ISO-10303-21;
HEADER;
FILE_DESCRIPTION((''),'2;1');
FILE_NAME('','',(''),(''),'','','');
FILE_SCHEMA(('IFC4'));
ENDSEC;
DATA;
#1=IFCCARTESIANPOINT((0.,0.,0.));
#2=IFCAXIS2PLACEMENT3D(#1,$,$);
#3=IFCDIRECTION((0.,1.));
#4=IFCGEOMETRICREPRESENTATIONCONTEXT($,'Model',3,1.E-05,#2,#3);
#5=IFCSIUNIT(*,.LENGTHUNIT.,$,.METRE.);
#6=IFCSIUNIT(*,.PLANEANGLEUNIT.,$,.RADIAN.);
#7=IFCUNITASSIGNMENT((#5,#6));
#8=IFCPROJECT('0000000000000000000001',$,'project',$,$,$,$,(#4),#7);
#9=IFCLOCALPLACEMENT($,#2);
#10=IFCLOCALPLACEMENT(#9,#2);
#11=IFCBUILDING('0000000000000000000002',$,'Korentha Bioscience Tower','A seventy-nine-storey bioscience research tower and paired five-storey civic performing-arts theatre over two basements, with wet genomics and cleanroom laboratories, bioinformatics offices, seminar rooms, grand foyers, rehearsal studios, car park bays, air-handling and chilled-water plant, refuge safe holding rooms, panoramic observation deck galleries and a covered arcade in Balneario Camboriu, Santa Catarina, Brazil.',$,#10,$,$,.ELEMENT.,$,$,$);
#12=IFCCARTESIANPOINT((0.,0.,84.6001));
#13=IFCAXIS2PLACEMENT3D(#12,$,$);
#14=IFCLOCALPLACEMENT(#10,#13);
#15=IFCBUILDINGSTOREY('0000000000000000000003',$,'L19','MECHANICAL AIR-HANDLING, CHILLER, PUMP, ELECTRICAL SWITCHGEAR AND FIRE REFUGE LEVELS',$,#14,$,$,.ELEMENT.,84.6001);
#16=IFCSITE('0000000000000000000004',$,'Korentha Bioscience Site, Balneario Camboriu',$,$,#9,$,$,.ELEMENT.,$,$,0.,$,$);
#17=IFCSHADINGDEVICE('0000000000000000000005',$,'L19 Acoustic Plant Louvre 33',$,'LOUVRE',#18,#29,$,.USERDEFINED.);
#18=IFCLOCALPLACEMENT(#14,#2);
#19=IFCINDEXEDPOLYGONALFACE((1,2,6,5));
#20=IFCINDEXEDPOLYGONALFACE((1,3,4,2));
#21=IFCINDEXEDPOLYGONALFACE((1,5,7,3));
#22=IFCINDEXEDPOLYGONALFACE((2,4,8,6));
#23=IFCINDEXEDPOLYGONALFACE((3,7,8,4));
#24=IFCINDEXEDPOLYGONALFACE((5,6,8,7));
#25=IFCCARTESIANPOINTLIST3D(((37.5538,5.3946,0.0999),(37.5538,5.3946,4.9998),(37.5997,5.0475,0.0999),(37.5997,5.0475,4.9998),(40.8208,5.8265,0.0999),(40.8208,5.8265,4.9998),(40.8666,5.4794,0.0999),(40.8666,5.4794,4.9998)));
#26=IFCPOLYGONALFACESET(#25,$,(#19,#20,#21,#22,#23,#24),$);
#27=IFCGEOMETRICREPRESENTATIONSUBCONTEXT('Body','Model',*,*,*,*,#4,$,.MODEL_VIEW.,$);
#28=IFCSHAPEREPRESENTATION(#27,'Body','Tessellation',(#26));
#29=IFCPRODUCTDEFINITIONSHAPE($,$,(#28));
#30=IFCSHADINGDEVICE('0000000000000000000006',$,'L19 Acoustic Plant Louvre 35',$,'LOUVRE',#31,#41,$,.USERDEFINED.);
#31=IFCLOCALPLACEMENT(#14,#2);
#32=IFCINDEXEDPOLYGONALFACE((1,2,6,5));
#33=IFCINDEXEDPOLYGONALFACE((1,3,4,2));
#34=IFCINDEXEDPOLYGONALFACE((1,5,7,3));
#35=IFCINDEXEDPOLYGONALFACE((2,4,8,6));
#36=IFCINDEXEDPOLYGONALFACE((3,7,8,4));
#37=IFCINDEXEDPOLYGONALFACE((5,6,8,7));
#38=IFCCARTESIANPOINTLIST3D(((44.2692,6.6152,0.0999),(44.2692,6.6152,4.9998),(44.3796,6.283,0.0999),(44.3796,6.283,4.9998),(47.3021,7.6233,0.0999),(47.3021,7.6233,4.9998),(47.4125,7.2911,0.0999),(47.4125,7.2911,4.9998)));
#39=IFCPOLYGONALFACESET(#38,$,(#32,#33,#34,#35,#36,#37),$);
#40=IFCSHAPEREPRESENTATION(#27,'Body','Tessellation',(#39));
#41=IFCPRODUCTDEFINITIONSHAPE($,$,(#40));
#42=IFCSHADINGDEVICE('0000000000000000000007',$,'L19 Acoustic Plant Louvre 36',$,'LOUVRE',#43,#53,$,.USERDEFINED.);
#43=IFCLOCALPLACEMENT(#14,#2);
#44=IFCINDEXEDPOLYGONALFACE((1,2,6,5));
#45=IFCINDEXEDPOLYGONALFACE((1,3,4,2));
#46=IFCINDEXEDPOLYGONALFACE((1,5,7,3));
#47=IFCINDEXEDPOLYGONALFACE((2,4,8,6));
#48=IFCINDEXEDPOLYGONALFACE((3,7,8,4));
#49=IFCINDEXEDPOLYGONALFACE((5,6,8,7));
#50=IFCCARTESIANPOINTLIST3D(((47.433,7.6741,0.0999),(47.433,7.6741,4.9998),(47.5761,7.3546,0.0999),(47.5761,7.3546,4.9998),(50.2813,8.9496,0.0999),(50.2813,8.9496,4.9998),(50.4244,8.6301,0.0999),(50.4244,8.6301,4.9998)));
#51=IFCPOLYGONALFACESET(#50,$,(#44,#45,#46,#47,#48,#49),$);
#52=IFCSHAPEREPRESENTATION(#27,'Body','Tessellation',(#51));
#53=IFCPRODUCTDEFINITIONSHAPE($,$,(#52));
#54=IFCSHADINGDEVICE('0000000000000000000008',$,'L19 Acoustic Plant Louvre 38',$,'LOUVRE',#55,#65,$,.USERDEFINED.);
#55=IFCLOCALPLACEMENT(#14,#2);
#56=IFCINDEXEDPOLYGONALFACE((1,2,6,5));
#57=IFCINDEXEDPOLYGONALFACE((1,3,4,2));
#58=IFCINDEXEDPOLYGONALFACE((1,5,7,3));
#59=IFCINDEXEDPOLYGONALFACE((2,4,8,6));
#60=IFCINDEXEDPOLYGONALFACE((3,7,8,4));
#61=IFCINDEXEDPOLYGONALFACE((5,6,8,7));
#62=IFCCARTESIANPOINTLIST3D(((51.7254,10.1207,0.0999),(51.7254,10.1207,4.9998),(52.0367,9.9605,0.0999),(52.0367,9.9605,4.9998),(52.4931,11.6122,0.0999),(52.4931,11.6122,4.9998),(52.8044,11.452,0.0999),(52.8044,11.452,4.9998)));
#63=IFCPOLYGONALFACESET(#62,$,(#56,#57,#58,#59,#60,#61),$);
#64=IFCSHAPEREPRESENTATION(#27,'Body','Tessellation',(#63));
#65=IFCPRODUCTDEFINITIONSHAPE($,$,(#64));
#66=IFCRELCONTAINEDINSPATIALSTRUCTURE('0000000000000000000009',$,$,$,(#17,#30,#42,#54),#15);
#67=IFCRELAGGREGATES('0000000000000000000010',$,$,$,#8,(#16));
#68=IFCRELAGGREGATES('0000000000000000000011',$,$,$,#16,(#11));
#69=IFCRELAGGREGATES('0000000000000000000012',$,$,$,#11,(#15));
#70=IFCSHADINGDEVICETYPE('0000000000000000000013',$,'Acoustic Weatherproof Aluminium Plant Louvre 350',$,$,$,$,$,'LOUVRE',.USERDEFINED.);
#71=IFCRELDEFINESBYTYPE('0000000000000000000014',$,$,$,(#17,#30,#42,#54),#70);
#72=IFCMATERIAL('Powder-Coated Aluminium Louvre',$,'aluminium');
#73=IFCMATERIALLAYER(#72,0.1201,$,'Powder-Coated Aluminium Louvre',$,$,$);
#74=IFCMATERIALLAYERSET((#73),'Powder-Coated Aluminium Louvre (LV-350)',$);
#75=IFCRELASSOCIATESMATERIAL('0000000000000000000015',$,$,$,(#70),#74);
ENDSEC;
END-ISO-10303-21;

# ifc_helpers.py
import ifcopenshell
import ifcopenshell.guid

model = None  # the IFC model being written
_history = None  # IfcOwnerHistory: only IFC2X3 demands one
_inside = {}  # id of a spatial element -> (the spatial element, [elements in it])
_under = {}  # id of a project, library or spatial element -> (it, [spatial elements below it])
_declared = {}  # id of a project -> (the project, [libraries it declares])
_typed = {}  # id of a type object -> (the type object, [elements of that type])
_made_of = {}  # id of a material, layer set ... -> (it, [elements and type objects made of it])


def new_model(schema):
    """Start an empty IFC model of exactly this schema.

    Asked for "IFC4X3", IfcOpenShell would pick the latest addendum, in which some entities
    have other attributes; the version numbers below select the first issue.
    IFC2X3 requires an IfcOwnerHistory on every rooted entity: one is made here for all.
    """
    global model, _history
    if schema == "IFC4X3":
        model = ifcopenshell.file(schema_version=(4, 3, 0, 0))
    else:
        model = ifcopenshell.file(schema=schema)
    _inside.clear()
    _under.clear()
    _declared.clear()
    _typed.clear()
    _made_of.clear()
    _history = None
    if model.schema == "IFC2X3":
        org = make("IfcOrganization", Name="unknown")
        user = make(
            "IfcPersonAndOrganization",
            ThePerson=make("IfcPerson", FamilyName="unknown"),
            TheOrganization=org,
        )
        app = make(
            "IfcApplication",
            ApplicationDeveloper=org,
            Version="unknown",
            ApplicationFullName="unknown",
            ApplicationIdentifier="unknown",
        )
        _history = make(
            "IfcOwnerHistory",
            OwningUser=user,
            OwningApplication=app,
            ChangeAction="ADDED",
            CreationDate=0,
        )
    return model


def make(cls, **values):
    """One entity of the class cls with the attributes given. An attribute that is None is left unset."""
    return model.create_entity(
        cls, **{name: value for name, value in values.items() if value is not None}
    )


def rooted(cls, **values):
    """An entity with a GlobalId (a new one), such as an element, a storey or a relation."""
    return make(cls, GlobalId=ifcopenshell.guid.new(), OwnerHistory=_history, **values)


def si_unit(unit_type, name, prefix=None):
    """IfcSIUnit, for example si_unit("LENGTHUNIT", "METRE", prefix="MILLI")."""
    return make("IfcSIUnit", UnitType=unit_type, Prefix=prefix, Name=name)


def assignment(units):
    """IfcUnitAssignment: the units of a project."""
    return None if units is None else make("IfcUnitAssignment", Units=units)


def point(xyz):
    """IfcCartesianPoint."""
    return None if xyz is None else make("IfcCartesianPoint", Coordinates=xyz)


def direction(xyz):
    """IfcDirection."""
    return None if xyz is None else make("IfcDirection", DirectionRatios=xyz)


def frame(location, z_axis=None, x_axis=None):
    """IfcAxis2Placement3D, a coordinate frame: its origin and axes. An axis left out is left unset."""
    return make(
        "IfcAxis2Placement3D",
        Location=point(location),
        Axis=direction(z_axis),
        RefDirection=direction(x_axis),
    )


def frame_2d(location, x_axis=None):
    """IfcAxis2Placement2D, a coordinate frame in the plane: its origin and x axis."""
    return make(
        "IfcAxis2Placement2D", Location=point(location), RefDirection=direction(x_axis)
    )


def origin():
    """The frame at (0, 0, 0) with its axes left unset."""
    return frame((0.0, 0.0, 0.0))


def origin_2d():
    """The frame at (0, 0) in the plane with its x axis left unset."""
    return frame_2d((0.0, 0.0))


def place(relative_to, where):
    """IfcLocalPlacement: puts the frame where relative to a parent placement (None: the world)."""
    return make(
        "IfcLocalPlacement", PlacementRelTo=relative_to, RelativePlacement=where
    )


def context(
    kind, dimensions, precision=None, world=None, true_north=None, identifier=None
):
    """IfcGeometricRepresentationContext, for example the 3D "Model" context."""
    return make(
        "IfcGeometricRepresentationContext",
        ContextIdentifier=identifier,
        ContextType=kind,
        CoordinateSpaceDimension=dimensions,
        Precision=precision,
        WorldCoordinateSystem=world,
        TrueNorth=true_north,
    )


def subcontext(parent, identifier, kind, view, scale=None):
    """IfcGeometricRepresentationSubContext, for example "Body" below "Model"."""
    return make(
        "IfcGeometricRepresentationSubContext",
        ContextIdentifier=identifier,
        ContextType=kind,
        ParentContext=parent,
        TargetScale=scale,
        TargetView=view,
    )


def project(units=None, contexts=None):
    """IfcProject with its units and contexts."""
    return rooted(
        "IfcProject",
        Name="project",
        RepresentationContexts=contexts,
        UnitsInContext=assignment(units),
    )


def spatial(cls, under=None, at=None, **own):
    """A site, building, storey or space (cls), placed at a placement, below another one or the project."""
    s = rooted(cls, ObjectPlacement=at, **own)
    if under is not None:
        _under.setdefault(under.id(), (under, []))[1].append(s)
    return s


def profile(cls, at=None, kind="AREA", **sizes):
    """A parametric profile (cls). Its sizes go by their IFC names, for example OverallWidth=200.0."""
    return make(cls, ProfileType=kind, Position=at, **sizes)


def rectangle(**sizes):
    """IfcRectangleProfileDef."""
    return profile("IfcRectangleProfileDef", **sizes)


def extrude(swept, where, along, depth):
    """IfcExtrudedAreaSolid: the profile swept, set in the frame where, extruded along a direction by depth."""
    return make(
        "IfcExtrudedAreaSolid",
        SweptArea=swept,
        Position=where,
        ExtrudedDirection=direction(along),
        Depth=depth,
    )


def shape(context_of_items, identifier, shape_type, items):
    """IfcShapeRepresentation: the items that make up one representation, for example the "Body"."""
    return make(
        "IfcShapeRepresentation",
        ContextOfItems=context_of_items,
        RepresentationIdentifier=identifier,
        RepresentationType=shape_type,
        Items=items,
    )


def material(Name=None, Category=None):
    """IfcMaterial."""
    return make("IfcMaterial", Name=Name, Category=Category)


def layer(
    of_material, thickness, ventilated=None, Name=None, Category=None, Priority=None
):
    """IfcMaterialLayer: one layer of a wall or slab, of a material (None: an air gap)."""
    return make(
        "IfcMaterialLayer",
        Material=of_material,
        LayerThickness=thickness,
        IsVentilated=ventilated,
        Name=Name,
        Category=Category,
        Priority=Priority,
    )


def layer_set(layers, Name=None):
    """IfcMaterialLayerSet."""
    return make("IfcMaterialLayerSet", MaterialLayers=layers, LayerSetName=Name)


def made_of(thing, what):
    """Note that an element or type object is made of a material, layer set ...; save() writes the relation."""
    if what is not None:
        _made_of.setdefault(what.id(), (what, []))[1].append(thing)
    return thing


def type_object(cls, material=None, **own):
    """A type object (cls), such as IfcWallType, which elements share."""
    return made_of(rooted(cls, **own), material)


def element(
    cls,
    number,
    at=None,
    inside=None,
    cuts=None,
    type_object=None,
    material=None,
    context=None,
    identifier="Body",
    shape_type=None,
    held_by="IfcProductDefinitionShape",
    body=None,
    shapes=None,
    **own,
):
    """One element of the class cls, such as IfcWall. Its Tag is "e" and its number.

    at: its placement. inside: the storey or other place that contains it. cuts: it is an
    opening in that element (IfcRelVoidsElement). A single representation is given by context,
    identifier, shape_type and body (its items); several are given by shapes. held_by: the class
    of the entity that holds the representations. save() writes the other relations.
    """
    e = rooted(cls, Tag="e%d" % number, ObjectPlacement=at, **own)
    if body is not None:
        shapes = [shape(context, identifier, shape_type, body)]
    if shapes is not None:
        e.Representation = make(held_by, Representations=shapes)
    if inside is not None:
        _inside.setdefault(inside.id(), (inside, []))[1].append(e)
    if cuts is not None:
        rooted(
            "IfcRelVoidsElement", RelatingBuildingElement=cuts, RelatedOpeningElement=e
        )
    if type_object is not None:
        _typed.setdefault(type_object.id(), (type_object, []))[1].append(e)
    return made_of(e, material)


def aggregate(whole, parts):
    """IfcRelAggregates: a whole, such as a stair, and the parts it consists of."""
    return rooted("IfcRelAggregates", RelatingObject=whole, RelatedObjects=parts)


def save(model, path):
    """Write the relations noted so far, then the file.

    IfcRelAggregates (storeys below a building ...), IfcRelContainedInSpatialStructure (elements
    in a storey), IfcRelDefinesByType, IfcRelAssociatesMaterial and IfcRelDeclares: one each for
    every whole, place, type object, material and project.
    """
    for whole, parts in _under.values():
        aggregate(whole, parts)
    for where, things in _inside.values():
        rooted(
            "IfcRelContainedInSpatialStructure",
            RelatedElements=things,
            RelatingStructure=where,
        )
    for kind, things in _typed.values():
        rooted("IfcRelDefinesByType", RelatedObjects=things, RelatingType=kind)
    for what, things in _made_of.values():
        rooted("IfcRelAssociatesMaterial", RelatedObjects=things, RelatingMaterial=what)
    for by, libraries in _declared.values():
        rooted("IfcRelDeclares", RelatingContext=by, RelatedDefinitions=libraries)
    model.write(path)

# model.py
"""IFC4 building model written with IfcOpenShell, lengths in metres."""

from ifc_helpers import new_model, si_unit, direction, frame, origin, origin_2d, place, context, subcontext, project, spatial, rectangle, extrude, material, layer, layer_set, type_object, element, save


model = new_model("IFC4")

# Units and contexts
model_context = context("Model", 3, precision=1e-05, world=origin(), true_north=direction((0.0, 1.0)))
body_context = subcontext(model_context, "Body", "Model", "MODEL_VIEW")
ifc_project = project(units=[si_unit("LENGTHUNIT", "METRE"), si_unit("PLANEANGLEUNIT", "RADIAN")], contexts=[model_context])

# Site, building, storey
site_placement = place(None, origin())
site = spatial("IfcSite", under=ifc_project, at=site_placement, Name="Korentha Bioscience Site, Balneario Camboriu", CompositionType="ELEMENT", RefElevation=0.0)
building_placement = place(site_placement, origin())
building = spatial("IfcBuilding", under=site, at=building_placement, Name="Korentha Bioscience Tower", Description="A seventy-nine-storey bioscience research tower and paired five-storey civic performing-arts theatre over two basements, with wet genomics and cleanroom laboratories, bioinformatics offices, seminar rooms, grand foyers, rehearsal studios, car park bays, air-handling and chilled-water plant, refuge safe holding rooms, panoramic observation deck galleries and a covered arcade in Balneario Camboriu, Santa Catarina, Brazil.", CompositionType="ELEMENT")
storey_placement = place(building_placement, frame((0.0, 0.0, 84.6001)))
storey = spatial("IfcBuildingStorey", under=building, at=storey_placement, Name="L19", Description="MECHANICAL AIR-HANDLING, CHILLER, PUMP, ELECTRICAL SWITCHGEAR AND FIRE REFUGE LEVELS", CompositionType="ELEMENT", Elevation=84.6001)

# Shading devices
ifc_material_1 = material(Name="Powder-Coated Aluminium Louvre", Category="aluminium")
ifc_layer_1 = layer(ifc_material_1, 0.1201, Name="Powder-Coated Aluminium Louvre")
ifc_layer_set_1 = layer_set([ifc_layer_1], Name="Powder-Coated Aluminium Louvre (LV-350)")
shading_device_type = type_object("IfcShadingDeviceType", Name="Acoustic Weatherproof Aluminium Plant Louvre 350", ElementType="LOUVRE", PredefinedType="USERDEFINED", material=ifc_layer_set_1)
shading_device_1_placement = place(storey_placement, frame((39.2102, 5.437, 0.0999), z_axis=(0.0, 0.0, 1.0), x_axis=(0.991373, 0.13107, 0.0)))
element("IfcShadingDevice", 1, at=shading_device_1_placement, inside=storey, type_object=shading_device_type, Name="L19 Acoustic Plant Louvre 33", ObjectType="LOUVRE", PredefinedType="USERDEFINED", context=body_context, shape_type="SweptSolid", body=[
    extrude(rectangle(XDim=3.2954, YDim=0.3501, at=origin_2d()), origin(), (0.0, 0.0, 1.0), 4.8999),
])
shading_device_2_placement = place(storey_placement, frame((45.8408, 6.9531, 0.0999), z_axis=(0.0, 0.0, 1.0), x_axis=(0.948951, 0.315423, 0.0)))
element("IfcShadingDevice", 2, at=shading_device_2_placement, inside=storey, type_object=shading_device_type, Name="L19 Acoustic Plant Louvre 35", ObjectType="LOUVRE", PredefinedType="USERDEFINED", context=body_context, shape_type="SweptSolid", body=[
    extrude(rectangle(XDim=3.196, YDim=0.3501, at=origin_2d()), origin(), (0.0, 0.0, 1.0), 4.8999),
])
shading_device_3_placement = place(storey_placement, frame((48.9287, 8.1521, 0.0999), z_axis=(0.0, 0.0, 1.0), x_axis=(0.912677, 0.408682, 0.0)))
element("IfcShadingDevice", 3, at=shading_device_3_placement, inside=storey, type_object=shading_device_type, Name="L19 Acoustic Plant Louvre 36", ObjectType="LOUVRE", PredefinedType="USERDEFINED", context=body_context, shape_type="SweptSolid", body=[
    extrude(rectangle(XDim=3.1208, YDim=0.3501, at=origin_2d()), origin(), (0.0, 0.0, 1.0), 4.8999),
])
shading_device_4_placement = place(storey_placement, frame((52.2649, 10.7864, 0.0999), z_axis=(0.0, 0.0, 1.0), x_axis=(0.457632, 0.889142, 0.0)))
element("IfcShadingDevice", 4, at=shading_device_4_placement, inside=storey, type_object=shading_device_type, Name="L19 Acoustic Plant Louvre 38", ObjectType="LOUVRE", PredefinedType="USERDEFINED", context=body_context, shape_type="SweptSolid", body=[
    extrude(rectangle(XDim=1.6775, YDim=0.3501, at=origin_2d()), origin(), (0.0, 0.0, 1.0), 4.8999),
])

save(model, "model.ifc")
